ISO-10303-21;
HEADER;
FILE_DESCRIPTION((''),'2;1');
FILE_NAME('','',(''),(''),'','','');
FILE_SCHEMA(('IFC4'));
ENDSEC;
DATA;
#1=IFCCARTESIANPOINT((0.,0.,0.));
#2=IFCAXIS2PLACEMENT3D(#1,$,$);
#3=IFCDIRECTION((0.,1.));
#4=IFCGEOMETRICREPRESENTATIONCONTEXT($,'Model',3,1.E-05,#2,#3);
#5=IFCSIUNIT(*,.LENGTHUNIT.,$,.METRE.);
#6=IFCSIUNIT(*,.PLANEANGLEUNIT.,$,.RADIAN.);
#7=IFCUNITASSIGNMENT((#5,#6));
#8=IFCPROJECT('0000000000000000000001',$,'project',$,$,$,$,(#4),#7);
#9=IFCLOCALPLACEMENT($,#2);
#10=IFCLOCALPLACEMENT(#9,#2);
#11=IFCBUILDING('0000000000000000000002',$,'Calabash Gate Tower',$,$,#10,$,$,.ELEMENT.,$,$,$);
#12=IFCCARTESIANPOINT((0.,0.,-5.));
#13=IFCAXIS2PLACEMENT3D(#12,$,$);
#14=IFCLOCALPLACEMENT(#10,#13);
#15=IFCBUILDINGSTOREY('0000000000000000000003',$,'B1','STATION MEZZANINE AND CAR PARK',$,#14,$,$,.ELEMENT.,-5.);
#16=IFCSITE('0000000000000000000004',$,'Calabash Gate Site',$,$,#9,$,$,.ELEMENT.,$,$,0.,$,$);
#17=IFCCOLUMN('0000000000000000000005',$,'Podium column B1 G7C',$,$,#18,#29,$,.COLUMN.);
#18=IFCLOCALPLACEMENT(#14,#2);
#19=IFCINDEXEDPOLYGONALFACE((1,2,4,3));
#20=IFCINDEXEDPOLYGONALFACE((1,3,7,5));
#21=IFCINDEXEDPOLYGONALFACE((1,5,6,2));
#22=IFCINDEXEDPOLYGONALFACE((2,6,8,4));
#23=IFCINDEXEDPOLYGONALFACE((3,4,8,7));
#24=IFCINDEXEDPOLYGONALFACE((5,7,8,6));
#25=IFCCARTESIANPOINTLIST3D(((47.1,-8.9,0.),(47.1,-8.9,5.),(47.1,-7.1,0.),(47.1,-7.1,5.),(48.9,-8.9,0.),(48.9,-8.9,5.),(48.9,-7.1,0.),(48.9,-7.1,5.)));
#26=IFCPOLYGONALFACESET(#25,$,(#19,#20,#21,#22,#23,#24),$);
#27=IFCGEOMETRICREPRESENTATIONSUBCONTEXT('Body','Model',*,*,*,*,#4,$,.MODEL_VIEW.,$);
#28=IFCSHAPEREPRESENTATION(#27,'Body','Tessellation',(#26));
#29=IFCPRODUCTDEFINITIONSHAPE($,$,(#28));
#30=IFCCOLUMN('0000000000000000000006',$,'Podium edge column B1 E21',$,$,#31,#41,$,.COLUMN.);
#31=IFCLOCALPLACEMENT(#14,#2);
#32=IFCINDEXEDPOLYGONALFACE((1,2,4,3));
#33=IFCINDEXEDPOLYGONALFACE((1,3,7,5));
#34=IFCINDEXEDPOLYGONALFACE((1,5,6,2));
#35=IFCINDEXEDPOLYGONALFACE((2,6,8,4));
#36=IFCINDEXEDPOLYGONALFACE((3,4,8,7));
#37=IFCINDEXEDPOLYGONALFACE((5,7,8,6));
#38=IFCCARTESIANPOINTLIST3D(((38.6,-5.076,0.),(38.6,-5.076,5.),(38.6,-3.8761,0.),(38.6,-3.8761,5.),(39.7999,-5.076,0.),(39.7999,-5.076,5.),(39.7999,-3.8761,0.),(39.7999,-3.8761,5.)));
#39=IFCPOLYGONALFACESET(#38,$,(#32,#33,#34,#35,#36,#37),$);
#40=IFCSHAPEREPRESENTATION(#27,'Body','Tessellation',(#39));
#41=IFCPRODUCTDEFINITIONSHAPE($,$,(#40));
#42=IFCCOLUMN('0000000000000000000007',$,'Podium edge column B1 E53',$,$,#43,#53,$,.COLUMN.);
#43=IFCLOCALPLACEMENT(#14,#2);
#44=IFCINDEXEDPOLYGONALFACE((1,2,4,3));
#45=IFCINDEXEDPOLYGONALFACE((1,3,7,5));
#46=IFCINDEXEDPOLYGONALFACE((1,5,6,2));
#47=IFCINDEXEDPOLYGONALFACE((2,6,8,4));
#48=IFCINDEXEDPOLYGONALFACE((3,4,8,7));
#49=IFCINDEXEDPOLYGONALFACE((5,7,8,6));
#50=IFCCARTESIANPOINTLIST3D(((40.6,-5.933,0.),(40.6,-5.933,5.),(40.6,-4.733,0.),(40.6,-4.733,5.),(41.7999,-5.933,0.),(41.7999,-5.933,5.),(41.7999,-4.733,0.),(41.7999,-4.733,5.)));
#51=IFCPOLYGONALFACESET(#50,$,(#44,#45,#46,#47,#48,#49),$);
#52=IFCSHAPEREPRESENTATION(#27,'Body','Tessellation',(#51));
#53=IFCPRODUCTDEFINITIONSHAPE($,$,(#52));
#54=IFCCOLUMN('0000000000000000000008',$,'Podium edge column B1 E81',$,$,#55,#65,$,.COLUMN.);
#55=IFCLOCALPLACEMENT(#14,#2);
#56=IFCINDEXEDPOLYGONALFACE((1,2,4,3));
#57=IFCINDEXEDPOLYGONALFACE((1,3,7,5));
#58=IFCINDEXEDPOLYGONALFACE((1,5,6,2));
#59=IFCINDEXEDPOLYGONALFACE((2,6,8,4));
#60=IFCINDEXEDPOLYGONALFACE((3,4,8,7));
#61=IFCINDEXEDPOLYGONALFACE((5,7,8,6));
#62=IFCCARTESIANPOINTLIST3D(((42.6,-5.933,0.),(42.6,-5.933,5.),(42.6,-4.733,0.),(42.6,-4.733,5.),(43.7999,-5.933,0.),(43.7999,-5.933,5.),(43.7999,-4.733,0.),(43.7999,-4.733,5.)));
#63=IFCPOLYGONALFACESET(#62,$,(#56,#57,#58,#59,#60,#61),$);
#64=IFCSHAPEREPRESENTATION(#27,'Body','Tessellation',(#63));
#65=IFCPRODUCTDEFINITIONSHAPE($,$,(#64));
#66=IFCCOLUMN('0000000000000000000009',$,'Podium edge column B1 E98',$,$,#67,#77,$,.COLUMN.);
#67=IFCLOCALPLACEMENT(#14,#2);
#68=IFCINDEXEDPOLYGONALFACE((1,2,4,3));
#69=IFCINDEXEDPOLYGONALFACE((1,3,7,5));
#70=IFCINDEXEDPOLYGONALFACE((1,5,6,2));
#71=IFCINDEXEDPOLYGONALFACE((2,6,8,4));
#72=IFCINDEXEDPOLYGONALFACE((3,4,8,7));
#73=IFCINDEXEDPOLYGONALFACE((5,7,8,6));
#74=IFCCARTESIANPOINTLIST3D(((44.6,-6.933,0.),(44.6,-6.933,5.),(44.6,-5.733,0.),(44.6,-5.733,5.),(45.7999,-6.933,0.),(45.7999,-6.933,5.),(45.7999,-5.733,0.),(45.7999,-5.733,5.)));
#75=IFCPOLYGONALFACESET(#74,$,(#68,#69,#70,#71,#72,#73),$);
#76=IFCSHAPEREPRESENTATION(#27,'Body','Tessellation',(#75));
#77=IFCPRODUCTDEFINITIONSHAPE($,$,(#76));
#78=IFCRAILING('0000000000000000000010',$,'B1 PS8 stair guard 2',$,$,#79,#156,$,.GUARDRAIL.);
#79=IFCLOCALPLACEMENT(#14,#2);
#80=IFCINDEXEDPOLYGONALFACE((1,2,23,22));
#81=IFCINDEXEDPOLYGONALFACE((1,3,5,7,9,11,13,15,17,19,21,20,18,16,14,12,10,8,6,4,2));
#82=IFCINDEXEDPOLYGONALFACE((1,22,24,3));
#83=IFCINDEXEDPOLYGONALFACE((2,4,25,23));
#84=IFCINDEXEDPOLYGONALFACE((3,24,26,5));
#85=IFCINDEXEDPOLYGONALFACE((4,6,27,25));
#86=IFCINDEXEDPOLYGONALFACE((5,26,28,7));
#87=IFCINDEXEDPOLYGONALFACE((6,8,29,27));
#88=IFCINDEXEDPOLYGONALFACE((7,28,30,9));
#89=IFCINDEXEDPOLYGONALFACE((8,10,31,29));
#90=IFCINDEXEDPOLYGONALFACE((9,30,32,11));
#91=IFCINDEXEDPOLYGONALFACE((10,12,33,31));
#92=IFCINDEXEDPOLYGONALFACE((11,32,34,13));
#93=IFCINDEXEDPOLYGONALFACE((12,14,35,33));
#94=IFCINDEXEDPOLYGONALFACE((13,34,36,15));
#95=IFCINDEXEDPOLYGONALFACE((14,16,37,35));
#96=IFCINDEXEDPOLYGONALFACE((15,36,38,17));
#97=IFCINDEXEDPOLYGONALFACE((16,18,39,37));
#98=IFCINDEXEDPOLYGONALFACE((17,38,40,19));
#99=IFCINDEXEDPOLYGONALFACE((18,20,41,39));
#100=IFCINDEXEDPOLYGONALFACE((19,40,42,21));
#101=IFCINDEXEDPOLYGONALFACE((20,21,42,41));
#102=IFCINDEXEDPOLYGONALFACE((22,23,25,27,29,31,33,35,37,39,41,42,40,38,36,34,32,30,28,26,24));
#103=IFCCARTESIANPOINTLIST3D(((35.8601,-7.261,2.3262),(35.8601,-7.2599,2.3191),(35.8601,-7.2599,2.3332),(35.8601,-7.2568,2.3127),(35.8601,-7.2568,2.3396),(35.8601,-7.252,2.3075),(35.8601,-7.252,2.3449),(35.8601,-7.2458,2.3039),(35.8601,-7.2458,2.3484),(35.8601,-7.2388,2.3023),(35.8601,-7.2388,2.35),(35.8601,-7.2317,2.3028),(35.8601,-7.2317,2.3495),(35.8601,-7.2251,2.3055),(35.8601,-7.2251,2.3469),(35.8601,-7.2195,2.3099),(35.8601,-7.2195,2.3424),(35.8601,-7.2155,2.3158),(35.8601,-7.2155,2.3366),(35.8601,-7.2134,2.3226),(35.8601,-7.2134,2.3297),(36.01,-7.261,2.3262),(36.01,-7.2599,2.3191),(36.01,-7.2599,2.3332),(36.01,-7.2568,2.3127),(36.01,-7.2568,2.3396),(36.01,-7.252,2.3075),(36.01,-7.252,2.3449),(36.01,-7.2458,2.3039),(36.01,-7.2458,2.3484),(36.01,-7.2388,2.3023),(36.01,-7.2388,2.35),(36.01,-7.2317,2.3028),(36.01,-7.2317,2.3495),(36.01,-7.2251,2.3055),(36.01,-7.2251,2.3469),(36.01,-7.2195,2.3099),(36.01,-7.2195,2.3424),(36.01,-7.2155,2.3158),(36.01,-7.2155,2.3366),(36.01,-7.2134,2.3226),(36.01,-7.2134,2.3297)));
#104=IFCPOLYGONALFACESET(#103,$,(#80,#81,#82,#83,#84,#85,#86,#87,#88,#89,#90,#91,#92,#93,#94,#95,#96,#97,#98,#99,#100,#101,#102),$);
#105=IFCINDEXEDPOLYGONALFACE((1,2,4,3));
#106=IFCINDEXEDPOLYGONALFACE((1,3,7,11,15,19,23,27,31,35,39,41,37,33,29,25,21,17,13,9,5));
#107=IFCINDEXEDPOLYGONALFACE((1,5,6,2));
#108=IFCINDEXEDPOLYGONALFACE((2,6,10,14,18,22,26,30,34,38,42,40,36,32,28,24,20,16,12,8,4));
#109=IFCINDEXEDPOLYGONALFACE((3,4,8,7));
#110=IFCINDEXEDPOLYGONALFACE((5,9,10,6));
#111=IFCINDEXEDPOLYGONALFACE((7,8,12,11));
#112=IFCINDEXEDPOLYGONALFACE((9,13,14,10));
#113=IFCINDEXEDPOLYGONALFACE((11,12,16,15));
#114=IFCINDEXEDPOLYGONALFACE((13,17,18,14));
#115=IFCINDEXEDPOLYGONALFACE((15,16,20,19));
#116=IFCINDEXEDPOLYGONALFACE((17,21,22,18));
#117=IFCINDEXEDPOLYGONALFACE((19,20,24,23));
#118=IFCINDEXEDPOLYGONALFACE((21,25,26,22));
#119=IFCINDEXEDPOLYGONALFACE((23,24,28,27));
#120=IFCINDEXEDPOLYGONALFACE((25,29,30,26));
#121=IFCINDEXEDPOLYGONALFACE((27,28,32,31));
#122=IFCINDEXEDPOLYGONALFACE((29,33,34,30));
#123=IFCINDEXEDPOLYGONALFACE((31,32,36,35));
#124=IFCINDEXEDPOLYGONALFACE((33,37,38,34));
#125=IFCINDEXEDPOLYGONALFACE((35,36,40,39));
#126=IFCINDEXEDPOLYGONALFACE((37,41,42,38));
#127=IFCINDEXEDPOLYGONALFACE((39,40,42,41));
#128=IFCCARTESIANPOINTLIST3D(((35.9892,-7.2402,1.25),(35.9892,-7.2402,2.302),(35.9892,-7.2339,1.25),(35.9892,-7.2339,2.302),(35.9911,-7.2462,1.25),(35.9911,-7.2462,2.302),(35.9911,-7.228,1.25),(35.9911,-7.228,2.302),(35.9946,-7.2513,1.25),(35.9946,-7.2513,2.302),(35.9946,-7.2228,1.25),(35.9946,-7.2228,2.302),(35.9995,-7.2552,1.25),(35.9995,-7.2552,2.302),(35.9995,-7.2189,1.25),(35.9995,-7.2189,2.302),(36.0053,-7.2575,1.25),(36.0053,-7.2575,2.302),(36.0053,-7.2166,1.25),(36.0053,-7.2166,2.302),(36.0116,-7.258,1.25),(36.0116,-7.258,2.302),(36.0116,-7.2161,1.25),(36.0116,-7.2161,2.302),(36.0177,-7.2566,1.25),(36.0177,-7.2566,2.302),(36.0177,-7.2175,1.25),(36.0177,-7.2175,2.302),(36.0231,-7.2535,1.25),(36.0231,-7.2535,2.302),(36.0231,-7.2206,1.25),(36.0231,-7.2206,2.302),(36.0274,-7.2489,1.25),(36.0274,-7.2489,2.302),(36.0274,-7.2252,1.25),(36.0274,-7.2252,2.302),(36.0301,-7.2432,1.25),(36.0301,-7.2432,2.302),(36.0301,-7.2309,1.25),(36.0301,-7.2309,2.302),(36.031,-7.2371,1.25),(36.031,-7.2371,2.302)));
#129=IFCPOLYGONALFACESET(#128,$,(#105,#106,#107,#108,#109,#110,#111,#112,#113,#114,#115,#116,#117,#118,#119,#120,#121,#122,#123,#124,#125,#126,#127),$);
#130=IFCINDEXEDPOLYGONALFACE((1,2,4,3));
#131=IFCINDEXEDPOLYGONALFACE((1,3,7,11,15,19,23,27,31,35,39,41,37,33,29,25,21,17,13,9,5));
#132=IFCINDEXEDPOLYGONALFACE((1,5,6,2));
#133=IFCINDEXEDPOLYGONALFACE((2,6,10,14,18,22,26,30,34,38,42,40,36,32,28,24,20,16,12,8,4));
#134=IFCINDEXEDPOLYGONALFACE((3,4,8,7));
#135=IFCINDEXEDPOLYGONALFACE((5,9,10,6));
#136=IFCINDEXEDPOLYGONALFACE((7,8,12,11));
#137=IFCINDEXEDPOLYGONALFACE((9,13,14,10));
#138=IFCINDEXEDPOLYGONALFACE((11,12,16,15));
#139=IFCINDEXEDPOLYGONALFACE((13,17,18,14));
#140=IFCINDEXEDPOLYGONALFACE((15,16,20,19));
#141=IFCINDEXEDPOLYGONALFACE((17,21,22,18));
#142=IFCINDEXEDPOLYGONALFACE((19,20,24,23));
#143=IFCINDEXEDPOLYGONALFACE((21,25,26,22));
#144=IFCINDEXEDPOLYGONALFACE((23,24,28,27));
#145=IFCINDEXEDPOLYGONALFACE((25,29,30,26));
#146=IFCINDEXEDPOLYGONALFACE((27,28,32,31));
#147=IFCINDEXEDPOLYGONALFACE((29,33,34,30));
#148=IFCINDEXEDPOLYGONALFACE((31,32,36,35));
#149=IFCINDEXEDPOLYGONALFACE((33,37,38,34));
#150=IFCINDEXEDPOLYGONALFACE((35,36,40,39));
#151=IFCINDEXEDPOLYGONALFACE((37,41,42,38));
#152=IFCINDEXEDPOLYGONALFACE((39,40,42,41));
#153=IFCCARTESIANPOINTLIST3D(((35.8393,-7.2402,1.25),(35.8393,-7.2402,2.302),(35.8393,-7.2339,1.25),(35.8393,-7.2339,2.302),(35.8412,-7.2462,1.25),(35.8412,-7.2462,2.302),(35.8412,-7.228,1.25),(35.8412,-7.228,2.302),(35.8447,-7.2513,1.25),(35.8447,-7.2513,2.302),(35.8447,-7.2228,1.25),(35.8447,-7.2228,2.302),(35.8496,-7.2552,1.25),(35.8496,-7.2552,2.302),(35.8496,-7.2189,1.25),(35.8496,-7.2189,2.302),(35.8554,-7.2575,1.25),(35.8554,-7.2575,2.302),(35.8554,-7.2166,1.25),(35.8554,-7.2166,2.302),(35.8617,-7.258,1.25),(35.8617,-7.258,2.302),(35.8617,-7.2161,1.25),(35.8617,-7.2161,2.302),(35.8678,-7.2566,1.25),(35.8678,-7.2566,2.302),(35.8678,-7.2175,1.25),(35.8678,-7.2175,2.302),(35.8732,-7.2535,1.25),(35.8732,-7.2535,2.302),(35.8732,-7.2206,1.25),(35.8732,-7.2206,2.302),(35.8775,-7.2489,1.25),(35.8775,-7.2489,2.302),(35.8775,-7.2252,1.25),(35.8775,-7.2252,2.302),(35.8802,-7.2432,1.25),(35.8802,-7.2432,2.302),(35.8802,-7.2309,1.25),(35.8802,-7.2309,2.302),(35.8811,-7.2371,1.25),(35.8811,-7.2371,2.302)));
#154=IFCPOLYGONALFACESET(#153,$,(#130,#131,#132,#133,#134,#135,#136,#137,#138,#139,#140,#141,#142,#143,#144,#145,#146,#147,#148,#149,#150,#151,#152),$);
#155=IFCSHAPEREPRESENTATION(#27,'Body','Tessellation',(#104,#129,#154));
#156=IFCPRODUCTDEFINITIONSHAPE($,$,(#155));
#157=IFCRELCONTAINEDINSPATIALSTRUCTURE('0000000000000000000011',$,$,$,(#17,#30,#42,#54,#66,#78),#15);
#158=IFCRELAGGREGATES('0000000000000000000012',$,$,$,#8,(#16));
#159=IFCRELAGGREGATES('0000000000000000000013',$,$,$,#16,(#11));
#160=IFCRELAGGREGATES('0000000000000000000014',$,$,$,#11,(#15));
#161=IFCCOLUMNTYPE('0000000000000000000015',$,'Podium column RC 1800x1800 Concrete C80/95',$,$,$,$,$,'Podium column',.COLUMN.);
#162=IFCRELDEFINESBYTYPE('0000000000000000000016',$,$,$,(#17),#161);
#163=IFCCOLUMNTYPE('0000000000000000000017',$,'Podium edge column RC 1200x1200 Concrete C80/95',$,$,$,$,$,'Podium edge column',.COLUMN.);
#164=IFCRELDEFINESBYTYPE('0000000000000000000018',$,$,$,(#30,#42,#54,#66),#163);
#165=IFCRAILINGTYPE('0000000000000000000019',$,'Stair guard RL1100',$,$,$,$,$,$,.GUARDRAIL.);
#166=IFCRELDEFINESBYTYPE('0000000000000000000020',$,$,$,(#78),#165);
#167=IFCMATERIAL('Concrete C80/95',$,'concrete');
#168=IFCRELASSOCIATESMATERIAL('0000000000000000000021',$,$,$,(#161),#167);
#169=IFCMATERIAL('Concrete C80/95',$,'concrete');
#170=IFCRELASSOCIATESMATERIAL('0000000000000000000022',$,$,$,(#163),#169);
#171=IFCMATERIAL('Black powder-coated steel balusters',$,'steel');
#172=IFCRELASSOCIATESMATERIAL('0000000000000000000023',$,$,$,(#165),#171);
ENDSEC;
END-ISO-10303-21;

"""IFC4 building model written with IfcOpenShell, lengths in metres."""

from ifc_helpers import new_model, si_unit, direction, frame, origin, origin_2d, place, context, subcontext, project, spatial, rectangle, circle, extrude, material, material_profile, profile_set, type_object, element, save


model = new_model("IFC4")

# Units and contexts
model_context = context("Model", 3, precision=1e-05, world=origin(), true_north=direction((0.0, 1.0)))
body_context = subcontext(model_context, "Body", "Model", "MODEL_VIEW")
ifc_project = project(units=[si_unit("LENGTHUNIT", "METRE"), si_unit("PLANEANGLEUNIT", "RADIAN")], contexts=[model_context])

# Site, building, storey
site_placement = place(None, origin())
site = spatial("IfcSite", under=ifc_project, at=site_placement, Name="Calabash Gate Site", CompositionType="ELEMENT", RefElevation=0.0)
building_placement = place(site_placement, origin())
building = spatial("IfcBuilding", under=site, at=building_placement, Name="Calabash Gate Tower", CompositionType="ELEMENT")
storey_placement = place(building_placement, frame((0.0, 0.0, -5.0)))
storey = spatial("IfcBuildingStorey", under=building, at=storey_placement, Name="B1", Description="STATION MEZZANINE AND CAR PARK", CompositionType="ELEMENT", Elevation=-5.0)

# Columns
ifc_material_1 = material(Name="Concrete C80/95", Category="concrete")
ifc_material_profile_1 = material_profile(ifc_material_1, rectangle(XDim=1.8, YDim=1.8, at=origin_2d()))
ifc_profile_set_1 = profile_set([ifc_material_profile_1], Name="Concrete C80/95")
column_type_1 = type_object("IfcColumnType", Name="Podium column RC 1800x1800 Concrete C80/95", ElementType="Podium column", PredefinedType="COLUMN", material=ifc_profile_set_1)
column_placement = place(storey_placement, frame((48.0, -8.0, 0.0), z_axis=(0.0, 0.0, 1.0), x_axis=(1.0, 0.0, 0.0)))
element("IfcColumn", 1, at=column_placement, inside=storey, type_object=column_type_1, Name="Podium column B1 G7C", PredefinedType="COLUMN", context=body_context, shape_type="SweptSolid", body=[
    extrude(rectangle(XDim=1.8, YDim=1.8, at=origin_2d()), origin(), (0.0, 0.0, 1.0), 5.0),
])
ifc_material_2 = material(Name="Concrete C80/95", Category="concrete")
ifc_material_profile_2 = material_profile(ifc_material_2, rectangle(XDim=1.2, YDim=1.2, at=origin_2d()))
ifc_profile_set_2 = profile_set([ifc_material_profile_2], Name="Concrete C80/95")
column_type_2 = type_object("IfcColumnType", Name="Podium edge column RC 1200x1200 Concrete C80/95", ElementType="Podium edge column", PredefinedType="COLUMN", material=ifc_profile_set_2)
for number, where, z_axis, x_axis, name in (
    (2, (39.2, -4.4761, 0.0), (0.0, 0.0, 1.0), (1.0, 0.0, 0.0), "Podium edge column B1 E21"),
    (3, (41.2, -5.333, 0.0), (0.0, 0.0, 1.0), (1.0, 0.0, 0.0), "Podium edge column B1 E53"),
    (4, (43.2, -5.333, 0.0), (0.0, 0.0, 1.0), (1.0, 0.0, 0.0), "Podium edge column B1 E81"),
    (5, (45.2, -6.333, 0.0), (0.0, 0.0, 1.0), (1.0, 0.0, 0.0), "Podium edge column B1 E98"),
):
    element("IfcColumn", number, at=place(storey_placement, frame(where, z_axis=z_axis, x_axis=x_axis)), inside=storey, type_object=column_type_2, Name=name, PredefinedType="COLUMN", context=body_context, shape_type="SweptSolid", body=[
        extrude(rectangle(XDim=1.2, YDim=1.2, at=origin_2d()), origin(), (0.0, 0.0, 1.0), 5.0),
    ])

# Railing
ifc_material_3 = material(Name="Black powder-coated steel balusters", Category="steel")
railing_type_1 = type_object("IfcRailingType", Name="Stair guard RL1100", PredefinedType="GUARDRAIL", material=ifc_material_3)
railing_1_placement = place(storey_placement, frame((36.01, -7.2371, 1.25)))
element("IfcRailing", 6, at=railing_1_placement, inside=storey, type_object=railing_type_1, Name="B1 PS8 stair guard 2", PredefinedType="GUARDRAIL", context=body_context, shape_type="SweptSolid", body=[
    extrude(circle(Radius=0.0239, at=origin_2d()), frame((0.0, 0.0, 1.0762), z_axis=(-1.0, 0.0, 0.0), x_axis=(0.0, -1.0, 0.0)), (0.0, 0.0, 1.0), 0.1499),
    extrude(circle(Radius=0.021, at=origin_2d()), origin(), (0.0, 0.0, 1.0), 1.052),
    extrude(circle(Radius=0.021, at=origin_2d()), frame((-0.1499, 0.0, 0.0)), (0.0, 0.0, 1.0), 1.052),
])

save(model, "model.ifc")
